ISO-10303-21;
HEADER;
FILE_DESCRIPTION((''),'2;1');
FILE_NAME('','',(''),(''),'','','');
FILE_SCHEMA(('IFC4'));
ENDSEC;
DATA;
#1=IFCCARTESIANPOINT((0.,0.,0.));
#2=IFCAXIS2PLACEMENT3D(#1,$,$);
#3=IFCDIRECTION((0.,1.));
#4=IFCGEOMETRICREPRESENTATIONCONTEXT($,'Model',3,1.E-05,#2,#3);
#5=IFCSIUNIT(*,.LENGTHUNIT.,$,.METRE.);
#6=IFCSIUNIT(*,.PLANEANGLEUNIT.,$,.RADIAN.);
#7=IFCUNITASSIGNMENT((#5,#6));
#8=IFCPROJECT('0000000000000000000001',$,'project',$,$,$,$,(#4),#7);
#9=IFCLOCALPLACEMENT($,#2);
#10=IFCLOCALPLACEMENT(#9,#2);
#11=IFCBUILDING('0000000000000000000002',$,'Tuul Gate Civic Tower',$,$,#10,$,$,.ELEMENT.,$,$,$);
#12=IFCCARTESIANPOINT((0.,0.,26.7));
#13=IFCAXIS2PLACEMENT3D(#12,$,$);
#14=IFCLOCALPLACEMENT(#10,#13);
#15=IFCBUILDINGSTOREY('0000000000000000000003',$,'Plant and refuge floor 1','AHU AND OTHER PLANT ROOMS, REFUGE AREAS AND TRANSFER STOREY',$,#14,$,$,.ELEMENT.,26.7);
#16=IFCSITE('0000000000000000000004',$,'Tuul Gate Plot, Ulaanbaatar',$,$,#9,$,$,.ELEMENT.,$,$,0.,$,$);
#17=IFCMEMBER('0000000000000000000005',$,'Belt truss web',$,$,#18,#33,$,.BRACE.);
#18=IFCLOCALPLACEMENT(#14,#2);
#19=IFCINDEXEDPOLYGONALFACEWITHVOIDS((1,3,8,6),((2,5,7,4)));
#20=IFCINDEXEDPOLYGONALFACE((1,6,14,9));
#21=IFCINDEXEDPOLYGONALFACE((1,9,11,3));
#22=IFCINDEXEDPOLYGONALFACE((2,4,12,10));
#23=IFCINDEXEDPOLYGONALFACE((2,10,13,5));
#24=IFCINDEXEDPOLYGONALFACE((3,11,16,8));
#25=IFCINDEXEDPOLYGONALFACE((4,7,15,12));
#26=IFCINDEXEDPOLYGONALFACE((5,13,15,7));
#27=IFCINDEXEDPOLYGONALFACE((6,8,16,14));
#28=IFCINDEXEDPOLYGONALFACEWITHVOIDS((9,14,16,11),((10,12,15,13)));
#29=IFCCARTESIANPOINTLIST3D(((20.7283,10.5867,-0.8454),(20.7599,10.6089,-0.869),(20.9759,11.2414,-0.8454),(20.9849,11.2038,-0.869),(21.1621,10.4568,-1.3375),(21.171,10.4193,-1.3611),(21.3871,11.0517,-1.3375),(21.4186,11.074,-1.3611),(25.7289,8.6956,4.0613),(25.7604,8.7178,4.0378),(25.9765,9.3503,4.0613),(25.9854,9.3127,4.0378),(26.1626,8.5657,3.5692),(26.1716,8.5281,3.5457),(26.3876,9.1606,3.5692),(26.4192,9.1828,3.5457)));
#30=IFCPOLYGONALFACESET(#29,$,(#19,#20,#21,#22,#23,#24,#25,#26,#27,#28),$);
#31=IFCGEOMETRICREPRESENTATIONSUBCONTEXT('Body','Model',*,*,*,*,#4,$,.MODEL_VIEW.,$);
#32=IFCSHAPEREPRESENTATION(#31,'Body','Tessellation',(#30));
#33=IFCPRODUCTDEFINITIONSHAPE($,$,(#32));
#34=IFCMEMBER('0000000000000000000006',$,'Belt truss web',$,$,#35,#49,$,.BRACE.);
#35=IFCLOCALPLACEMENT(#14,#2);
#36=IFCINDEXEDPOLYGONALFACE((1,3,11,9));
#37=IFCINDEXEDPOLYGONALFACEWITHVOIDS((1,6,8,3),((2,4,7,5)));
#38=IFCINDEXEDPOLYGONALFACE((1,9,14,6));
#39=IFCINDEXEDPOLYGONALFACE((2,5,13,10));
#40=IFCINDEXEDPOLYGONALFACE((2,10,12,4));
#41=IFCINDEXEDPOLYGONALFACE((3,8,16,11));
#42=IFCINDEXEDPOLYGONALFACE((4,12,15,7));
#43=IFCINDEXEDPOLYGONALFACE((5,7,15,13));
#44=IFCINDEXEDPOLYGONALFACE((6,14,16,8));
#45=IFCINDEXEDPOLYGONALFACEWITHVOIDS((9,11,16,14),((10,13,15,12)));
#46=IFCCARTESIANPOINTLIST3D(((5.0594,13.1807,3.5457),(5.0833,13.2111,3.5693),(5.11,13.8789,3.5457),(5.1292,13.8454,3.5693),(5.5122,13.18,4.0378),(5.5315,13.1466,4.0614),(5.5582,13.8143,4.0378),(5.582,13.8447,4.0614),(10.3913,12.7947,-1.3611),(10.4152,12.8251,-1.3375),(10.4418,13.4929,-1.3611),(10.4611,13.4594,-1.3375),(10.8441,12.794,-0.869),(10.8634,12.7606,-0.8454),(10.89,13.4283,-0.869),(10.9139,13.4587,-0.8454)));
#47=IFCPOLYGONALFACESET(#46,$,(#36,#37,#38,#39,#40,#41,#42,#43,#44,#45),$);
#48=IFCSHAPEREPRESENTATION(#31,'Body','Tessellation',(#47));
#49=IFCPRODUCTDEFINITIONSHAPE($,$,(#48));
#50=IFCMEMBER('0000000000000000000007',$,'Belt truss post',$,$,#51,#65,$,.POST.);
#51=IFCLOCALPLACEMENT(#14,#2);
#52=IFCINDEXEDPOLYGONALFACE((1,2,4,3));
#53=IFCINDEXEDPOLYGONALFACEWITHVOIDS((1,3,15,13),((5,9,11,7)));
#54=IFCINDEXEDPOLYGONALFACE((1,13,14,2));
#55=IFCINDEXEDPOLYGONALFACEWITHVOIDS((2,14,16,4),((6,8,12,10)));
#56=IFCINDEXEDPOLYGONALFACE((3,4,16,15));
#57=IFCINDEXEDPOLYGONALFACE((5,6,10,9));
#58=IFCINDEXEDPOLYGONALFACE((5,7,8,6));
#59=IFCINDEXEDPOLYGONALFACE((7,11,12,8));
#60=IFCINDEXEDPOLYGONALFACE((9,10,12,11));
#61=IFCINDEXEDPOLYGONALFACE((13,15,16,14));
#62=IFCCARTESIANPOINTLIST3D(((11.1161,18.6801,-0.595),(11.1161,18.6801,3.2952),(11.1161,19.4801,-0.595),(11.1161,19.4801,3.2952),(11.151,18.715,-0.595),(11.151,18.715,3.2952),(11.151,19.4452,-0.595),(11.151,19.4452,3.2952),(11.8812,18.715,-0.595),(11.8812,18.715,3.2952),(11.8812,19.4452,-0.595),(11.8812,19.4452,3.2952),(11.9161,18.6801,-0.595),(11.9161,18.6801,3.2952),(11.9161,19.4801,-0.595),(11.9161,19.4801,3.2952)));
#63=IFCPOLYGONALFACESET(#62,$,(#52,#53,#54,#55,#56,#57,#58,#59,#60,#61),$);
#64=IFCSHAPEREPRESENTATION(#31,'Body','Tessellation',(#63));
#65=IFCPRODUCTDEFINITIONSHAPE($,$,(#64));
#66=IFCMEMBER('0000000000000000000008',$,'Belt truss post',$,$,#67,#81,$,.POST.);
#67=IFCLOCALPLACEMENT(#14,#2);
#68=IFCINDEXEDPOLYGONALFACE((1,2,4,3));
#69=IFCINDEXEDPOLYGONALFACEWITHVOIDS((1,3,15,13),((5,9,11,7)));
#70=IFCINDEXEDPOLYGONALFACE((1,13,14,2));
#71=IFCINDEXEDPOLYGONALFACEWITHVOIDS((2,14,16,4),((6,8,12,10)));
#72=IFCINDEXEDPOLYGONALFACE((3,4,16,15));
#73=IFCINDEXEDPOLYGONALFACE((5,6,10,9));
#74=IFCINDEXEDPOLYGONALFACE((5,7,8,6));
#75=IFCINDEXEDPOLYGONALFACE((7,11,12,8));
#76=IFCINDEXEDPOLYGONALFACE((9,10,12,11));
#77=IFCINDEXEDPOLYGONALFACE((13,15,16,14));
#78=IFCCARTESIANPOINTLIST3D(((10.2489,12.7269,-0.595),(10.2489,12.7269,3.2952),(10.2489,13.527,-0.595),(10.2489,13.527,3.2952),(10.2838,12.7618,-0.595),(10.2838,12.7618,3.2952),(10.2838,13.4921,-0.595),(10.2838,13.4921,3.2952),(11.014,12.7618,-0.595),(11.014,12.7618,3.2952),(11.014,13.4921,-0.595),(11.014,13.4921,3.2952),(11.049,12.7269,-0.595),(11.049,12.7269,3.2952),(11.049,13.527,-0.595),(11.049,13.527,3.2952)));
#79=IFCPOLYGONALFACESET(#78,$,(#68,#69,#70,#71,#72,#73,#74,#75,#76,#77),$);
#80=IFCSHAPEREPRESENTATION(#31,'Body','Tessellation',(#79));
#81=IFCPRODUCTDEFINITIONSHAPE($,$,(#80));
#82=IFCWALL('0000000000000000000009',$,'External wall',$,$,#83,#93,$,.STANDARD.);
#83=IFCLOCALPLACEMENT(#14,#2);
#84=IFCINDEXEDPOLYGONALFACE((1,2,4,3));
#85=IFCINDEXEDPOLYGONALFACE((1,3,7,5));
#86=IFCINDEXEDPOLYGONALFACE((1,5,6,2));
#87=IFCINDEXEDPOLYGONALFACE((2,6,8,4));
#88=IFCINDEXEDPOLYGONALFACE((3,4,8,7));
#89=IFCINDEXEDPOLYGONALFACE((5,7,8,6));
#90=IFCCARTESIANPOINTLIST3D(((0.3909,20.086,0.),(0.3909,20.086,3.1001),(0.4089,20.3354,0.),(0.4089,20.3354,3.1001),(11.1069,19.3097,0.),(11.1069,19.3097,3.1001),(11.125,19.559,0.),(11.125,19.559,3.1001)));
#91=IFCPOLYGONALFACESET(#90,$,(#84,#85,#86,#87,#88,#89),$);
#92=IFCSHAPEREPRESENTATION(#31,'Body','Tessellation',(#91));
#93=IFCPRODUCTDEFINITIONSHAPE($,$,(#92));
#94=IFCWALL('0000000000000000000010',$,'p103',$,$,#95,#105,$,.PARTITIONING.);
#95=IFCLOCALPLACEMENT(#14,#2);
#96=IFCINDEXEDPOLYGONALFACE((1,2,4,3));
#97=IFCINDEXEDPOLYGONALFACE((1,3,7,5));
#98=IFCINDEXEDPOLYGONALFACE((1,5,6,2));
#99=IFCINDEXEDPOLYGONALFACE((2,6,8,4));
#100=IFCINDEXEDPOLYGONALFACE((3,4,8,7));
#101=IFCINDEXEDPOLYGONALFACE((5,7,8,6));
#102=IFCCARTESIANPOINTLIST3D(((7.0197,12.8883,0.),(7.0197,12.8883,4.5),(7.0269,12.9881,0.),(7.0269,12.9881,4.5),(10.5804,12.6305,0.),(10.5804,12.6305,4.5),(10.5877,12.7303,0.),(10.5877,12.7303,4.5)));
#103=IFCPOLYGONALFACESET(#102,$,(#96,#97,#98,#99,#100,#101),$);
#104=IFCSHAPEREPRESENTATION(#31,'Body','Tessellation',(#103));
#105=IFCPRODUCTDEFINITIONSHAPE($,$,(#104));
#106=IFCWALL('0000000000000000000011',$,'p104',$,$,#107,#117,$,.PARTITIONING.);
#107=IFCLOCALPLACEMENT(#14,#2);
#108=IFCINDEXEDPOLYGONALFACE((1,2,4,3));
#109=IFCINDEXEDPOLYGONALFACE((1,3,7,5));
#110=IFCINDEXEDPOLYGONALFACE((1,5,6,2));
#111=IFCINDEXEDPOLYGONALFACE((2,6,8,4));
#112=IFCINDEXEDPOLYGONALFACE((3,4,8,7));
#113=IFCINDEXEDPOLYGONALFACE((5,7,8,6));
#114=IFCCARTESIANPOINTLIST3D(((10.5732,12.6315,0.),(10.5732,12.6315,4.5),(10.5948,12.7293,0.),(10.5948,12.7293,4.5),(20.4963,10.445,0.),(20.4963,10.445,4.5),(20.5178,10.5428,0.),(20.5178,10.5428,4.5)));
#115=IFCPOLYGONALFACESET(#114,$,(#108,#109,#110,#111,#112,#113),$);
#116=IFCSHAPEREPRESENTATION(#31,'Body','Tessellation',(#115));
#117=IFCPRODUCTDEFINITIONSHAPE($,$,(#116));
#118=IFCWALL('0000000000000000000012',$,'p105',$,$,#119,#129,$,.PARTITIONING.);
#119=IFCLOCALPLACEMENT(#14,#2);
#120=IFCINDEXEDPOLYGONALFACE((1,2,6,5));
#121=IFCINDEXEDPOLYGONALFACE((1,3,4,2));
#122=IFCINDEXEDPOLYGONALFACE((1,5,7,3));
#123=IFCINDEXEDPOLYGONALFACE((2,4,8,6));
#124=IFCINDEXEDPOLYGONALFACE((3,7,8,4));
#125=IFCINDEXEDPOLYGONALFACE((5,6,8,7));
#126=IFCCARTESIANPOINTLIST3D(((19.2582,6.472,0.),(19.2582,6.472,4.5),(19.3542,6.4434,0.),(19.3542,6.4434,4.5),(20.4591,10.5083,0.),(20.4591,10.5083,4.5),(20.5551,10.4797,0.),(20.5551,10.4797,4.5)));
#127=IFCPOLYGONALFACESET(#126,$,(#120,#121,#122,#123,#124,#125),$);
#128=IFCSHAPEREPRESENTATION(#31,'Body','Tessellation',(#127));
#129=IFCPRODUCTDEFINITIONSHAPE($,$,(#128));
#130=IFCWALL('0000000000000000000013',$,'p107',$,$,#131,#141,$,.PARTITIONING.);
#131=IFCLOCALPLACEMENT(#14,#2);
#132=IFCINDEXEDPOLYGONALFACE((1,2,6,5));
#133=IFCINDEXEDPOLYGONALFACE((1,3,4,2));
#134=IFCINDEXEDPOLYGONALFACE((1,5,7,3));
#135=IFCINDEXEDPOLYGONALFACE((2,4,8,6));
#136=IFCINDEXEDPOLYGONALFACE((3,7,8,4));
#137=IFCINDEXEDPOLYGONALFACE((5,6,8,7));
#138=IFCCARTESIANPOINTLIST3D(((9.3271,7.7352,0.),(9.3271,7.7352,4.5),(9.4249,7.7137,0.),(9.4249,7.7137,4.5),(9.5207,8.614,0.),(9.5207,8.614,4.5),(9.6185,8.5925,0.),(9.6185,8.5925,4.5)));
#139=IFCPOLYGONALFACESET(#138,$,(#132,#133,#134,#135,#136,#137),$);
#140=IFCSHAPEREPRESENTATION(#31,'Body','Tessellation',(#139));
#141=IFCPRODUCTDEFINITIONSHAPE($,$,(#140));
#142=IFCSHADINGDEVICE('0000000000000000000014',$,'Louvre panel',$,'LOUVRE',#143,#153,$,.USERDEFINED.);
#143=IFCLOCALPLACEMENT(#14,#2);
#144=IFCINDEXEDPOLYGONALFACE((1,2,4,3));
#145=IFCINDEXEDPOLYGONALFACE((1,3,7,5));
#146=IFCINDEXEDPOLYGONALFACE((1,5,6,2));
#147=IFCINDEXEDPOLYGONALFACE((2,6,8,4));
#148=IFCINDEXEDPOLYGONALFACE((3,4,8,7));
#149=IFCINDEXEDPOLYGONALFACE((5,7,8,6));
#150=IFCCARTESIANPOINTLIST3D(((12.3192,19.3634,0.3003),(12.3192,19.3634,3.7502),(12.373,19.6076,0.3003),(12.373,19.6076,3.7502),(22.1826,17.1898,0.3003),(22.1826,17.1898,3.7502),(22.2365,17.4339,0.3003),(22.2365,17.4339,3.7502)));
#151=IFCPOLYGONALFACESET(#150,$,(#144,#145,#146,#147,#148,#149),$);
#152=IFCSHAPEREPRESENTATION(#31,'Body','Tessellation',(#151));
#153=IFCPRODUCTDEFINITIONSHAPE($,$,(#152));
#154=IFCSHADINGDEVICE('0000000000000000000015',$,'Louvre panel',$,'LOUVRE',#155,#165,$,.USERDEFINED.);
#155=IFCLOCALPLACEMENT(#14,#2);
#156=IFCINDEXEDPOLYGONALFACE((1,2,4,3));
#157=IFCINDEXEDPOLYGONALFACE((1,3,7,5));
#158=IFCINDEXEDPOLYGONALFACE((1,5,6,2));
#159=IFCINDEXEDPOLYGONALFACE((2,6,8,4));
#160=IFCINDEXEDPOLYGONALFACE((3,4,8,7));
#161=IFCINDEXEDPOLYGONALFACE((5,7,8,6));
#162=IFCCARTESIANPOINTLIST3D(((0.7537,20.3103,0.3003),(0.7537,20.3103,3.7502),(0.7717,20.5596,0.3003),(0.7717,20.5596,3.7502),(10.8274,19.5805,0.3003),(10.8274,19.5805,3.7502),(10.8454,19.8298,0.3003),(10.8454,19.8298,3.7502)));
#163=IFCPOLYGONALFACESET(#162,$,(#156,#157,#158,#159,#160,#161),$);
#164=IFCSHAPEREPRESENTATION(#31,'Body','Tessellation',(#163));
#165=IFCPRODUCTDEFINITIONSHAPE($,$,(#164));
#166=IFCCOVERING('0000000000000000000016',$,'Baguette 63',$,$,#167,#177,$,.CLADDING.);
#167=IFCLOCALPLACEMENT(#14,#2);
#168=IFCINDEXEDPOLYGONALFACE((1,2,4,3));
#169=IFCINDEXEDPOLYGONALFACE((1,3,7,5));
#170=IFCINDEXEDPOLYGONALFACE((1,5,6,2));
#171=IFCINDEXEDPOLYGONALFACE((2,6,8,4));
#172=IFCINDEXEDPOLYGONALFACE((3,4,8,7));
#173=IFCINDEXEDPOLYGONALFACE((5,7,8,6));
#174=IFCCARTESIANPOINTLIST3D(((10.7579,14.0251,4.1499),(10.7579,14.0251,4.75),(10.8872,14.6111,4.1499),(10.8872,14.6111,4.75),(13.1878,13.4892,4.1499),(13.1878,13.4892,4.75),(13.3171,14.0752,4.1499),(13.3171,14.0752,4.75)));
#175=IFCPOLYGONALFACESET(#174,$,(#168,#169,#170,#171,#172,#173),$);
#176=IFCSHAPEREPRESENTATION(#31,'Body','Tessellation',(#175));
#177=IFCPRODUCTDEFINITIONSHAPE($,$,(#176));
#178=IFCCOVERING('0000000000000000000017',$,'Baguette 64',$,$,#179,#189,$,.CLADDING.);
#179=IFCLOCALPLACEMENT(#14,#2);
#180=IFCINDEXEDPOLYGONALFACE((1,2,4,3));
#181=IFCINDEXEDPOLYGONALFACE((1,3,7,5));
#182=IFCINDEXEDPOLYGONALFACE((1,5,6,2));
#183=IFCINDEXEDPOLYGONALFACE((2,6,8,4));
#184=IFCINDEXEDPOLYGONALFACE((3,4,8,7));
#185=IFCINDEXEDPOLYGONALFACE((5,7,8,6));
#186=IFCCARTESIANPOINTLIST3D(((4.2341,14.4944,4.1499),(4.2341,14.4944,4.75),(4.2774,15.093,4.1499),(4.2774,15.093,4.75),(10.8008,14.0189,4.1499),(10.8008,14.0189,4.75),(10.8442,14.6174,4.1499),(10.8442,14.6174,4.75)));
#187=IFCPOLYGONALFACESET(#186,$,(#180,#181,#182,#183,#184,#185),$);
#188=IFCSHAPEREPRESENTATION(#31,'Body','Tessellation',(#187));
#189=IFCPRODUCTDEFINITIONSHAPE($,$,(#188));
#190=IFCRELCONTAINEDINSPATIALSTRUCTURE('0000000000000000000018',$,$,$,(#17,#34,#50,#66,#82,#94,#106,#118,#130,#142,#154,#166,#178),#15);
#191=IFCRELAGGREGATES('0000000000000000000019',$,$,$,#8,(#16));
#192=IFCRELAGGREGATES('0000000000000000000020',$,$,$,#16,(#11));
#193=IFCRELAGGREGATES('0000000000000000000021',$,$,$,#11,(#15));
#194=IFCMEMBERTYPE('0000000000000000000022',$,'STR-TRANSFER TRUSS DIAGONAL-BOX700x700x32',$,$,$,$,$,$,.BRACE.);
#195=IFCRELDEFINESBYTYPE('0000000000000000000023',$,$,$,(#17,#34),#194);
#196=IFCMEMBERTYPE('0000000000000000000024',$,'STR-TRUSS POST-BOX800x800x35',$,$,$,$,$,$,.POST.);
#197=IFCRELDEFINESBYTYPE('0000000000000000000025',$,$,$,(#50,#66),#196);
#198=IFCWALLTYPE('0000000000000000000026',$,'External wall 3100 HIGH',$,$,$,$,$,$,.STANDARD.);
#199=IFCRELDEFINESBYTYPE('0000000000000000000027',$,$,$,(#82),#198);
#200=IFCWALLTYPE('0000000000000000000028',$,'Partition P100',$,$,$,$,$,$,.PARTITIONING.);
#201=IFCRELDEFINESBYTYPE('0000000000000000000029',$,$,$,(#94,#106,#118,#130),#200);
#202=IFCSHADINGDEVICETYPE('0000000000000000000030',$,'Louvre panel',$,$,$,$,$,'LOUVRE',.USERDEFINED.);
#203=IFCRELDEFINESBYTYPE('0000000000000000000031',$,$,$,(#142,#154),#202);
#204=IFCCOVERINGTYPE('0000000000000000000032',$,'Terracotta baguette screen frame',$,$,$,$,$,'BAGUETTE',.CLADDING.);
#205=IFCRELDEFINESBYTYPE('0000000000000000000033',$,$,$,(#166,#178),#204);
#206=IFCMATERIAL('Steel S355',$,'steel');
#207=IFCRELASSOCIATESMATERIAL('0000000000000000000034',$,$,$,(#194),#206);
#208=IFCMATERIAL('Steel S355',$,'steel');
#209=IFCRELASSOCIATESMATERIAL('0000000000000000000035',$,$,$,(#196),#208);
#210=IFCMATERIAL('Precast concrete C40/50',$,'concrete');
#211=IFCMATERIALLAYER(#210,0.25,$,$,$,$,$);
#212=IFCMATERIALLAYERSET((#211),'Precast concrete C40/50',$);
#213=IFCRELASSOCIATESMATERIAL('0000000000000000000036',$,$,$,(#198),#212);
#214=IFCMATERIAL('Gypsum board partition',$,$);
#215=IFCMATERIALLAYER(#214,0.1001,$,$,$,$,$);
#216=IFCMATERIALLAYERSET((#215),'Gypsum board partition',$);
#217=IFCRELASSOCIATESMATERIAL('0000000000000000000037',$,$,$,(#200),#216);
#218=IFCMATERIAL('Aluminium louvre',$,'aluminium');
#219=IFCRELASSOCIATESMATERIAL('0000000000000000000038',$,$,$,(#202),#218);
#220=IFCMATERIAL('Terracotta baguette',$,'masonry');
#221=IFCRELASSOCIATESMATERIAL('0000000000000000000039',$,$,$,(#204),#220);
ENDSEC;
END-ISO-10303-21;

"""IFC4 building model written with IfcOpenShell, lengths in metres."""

from ifc_helpers import new_model, si_unit, direction, frame, frame_2d, origin, origin_2d, place, context, subcontext, project, spatial, rectangle, hollow_rectangle, extrude, material, layer, layer_set, material_profile, profile_set, type_object, element, save


model = new_model("IFC4")

# Units and contexts
model_context = context("Model", 3, precision=1e-05, world=origin(), true_north=direction((0.0, 1.0)))
body_context = subcontext(model_context, "Body", "Model", "MODEL_VIEW")
ifc_project = project(units=[si_unit("LENGTHUNIT", "METRE"), si_unit("PLANEANGLEUNIT", "RADIAN")], contexts=[model_context])

# Site, building, storey
site_placement = place(None, origin())
site = spatial("IfcSite", under=ifc_project, at=site_placement, Name="Tuul Gate Plot, Ulaanbaatar", CompositionType="ELEMENT", RefElevation=0.0)
building_placement = place(site_placement, origin())
building = spatial("IfcBuilding", under=site, at=building_placement, Name="Tuul Gate Civic Tower", CompositionType="ELEMENT")
storey_placement = place(building_placement, frame((0.0, 0.0, 26.7)))
storey = spatial("IfcBuildingStorey", under=building, at=storey_placement, Name="Plant and refuge floor 1", Description="AHU AND OTHER PLANT ROOMS, REFUGE AREAS AND TRANSFER STOREY", CompositionType="ELEMENT", Elevation=26.7)

# Members
ifc_material_1 = material(Name="Steel S355", Category="steel")
ifc_material_profile_1 = material_profile(ifc_material_1, hollow_rectangle(XDim=0.7, YDim=0.7, WallThickness=0.032, at=origin_2d()), Name="BOX700x700x32")
ifc_profile_set_1 = profile_set([ifc_material_profile_1], Name="Steel S355")
member_type_1 = type_object("IfcMemberType", Name="STR-TRANSFER TRUSS DIAGONAL-BOX700x700x32", PredefinedType="BRACE", material=ifc_profile_set_1)
member_1_placement = place(storey_placement, frame((21.0735, 10.8303, -1.1033), z_axis=(0.689102, -0.260608, 0.676182), x_axis=(0.353734, 0.935346, 0.0)))
element("IfcMember", 1, at=member_1_placement, inside=storey, type_object=member_type_1, Name="Belt truss web", PredefinedType="BRACE", context=body_context, shape_type="SweptSolid", body=[
    extrude(hollow_rectangle(XDim=0.7, YDim=0.7, WallThickness=0.032, at=origin_2d()), origin(), (0.0, 0.0, 1.0), 7.2566),
])
member_2_placement = place(storey_placement, frame((10.6526, 13.1267, -1.1033), z_axis=(-0.734786, 0.053194, 0.676209), x_axis=(-0.072204, -0.99739, 0.0)))
element("IfcMember", 2, at=member_2_placement, inside=storey, type_object=member_type_1, Name="Belt truss web", PredefinedType="BRACE", context=body_context, shape_type="SweptSolid", body=[
    extrude(hollow_rectangle(XDim=0.7, YDim=0.7, WallThickness=0.032, at=origin_2d()), origin(), (0.0, 0.0, 1.0), 7.2563),
])
ifc_material_2 = material(Name="Steel S355", Category="steel")
ifc_material_profile_2 = material_profile(ifc_material_2, hollow_rectangle(XDim=0.8, YDim=0.8, WallThickness=0.0349, at=origin_2d()), Name="BOX800x800x35")
ifc_profile_set_2 = profile_set([ifc_material_profile_2], Name="Steel S355")
member_type_2 = type_object("IfcMemberType", Name="STR-TRUSS POST-BOX800x800x35", PredefinedType="POST", material=ifc_profile_set_2)
for number, where, z_axis, x_axis, name in (
    (3, (11.5161, 19.0801, -0.595), (0.0, 0.0, 1.0), (1.0, 0.0, 0.0), "Belt truss post"),
    (4, (10.6489, 13.127, -0.595), (0.0, 0.0, 1.0), (1.0, 0.0, 0.0), "Belt truss post"),
):
    element("IfcMember", number, at=place(storey_placement, frame(where, z_axis=z_axis, x_axis=x_axis)), inside=storey, type_object=member_type_2, Name=name, PredefinedType="POST", context=body_context, shape_type="SweptSolid", body=[
        extrude(hollow_rectangle(XDim=0.8, YDim=0.8, WallThickness=0.0349, at=origin_2d()), origin(), (0.0, 0.0, 1.0), 3.8901),
    ])

# Walls
ifc_material_3 = material(Name="Precast concrete C40/50", Category="concrete")
ifc_layer_1 = layer(ifc_material_3, 0.25)
ifc_layer_set_1 = layer_set([ifc_layer_1], Name="Precast concrete C40/50")
wall_type_1 = type_object("IfcWallType", Name="External wall 3100 HIGH", PredefinedType="STANDARD", material=ifc_layer_set_1)
wall_1_placement = place(storey_placement, frame((11.116, 19.4343, 0.0), z_axis=(0.0, 0.0, 1.0), x_axis=(-0.997386, 0.07226, 0.0)))
element("IfcWall", 5, at=wall_1_placement, inside=storey, type_object=wall_type_1, Name="External wall", PredefinedType="STANDARD", context=body_context, shape_type="SweptSolid", body=[
    extrude(rectangle(XDim=10.7441, YDim=0.25, at=frame_2d((5.3721, 0.0))), origin(), (0.0, 0.0, 1.0), 3.1001),
])
ifc_material_4 = material(Name="Gypsum board partition")
ifc_layer_2 = layer(ifc_material_4, 0.1001)
ifc_layer_set_2 = layer_set([ifc_layer_2], Name="Gypsum board partition")
wall_type_2 = type_object("IfcWallType", Name="Partition P100", PredefinedType="PARTITIONING", material=ifc_layer_set_2)
wall_2_placement = place(storey_placement, frame((7.0232, 12.9382, 0.0), z_axis=(0.0, 0.0, 1.0), x_axis=(0.997389, -0.072214, 0.0)))
element("IfcWall", 6, at=wall_2_placement, inside=storey, type_object=wall_type_2, Name="p103", PredefinedType="PARTITIONING", context=body_context, shape_type="SweptSolid", body=[
    extrude(rectangle(XDim=3.5701, YDim=0.1001, at=frame_2d((1.7852, 0.0))), origin(), (0.0, 0.0, 1.0), 4.5),
])
wall_3_placement = place(storey_placement, frame((10.584, 12.6804, 0.0), z_axis=(0.0, 0.0, 1.0), x_axis=(0.976573, -0.215185, 0.0)))
element("IfcWall", 7, at=wall_3_placement, inside=storey, type_object=wall_type_2, Name="p104", PredefinedType="PARTITIONING", context=body_context, shape_type="SweptSolid", body=[
    extrude(rectangle(XDim=10.1611, YDim=0.1001, at=frame_2d((5.0806, 0.0))), origin(), (0.0, 0.0, 1.0), 4.5),
])
wall_4_placement = place(storey_placement, frame((20.5071, 10.4939, 0.0), z_axis=(0.0, 0.0, 1.0), x_axis=(-0.285172, -0.958476, 0.0)))
element("IfcWall", 8, at=wall_4_placement, inside=storey, type_object=wall_type_2, Name="p105", PredefinedType="PARTITIONING", context=body_context, shape_type="SweptSolid", body=[
    extrude(rectangle(XDim=4.2112, YDim=0.1001, at=frame_2d((2.1055, 0.0))), origin(), (0.0, 0.0, 1.0), 4.5),
])
wall_5_placement = place(storey_placement, frame((9.5696, 8.6033, 0.0), z_axis=(0.0, 0.0, 1.0), x_axis=(-0.215121, -0.976588, 0.0)))
element("IfcWall", 9, at=wall_5_placement, inside=storey, type_object=wall_type_2, Name="p107", PredefinedType="PARTITIONING", context=body_context, shape_type="SweptSolid", body=[
    extrude(rectangle(XDim=0.8999, YDim=0.1001, at=frame_2d((0.45, 0.0))), origin(), (0.0, 0.0, 1.0), 4.5),
])

# Shading devices
ifc_material_5 = material(Name="Aluminium louvre", Category="aluminium")
shading_device_type = type_object("IfcShadingDeviceType", Name="Louvre panel", ElementType="LOUVRE", PredefinedType="USERDEFINED", material=ifc_material_5)
for number, where, z_axis, x_axis, name in (
    (10, (17.2778, 18.3987, 0.3003), (0.0, 0.0, 1.0), (0.215207, 0.976569, 0.0), "Louvre panel"),
    (11, (5.7996, 20.0701, 0.3003), (0.0, 0.0, 1.0), (0.072257, 0.997386, 0.0), "Louvre panel"),
):
    element("IfcShadingDevice", number, at=place(storey_placement, frame(where, z_axis=z_axis, x_axis=x_axis)), inside=storey, type_object=shading_device_type, Name=name, ObjectType="LOUVRE", PredefinedType="USERDEFINED", context=body_context, shape_type="SweptSolid", body=[
        extrude(rectangle(XDim=0.25, YDim=10.1001, at=origin_2d()), origin(), (0.0, 0.0, 1.0), 3.45),
    ])

# Coverings
ifc_material_6 = material(Name="Terracotta baguette", Category="masonry")
ifc_material_profile_3 = material_profile(ifc_material_6, rectangle(XDim=0.6001, YDim=0.6001, at=origin_2d()), Name="Terracotta baguette screen frame")
ifc_profile_set_3 = profile_set([ifc_material_profile_3], Name="Terracotta baguette")
covering_type = type_object("IfcCoveringType", Name="Terracotta baguette screen frame", ElementType="BAGUETTE", PredefinedType="CLADDING", material=ifc_profile_set_3)
covering_1_placement = place(storey_placement, frame((13.2524, 13.7822, 4.45), z_axis=(-0.976534, 0.215361, 0.0), x_axis=(-0.215361, -0.976534, 0.0)))
element("IfcCovering", 12, at=covering_1_placement, inside=storey, type_object=covering_type, Name="Baguette 63", PredefinedType="CLADDING", context=body_context, shape_type="SweptSolid", body=[
    extrude(rectangle(XDim=0.6001, YDim=0.6001, at=origin_2d()), origin(), (0.0, 0.0, 1.0), 2.4883),
])
covering_2_placement = place(storey_placement, frame((10.8225, 14.3181, 4.45), z_axis=(-0.997388, 0.072233, 0.0), x_axis=(-0.072233, -0.997388, 0.0)))
element("IfcCovering", 13, at=covering_2_placement, inside=storey, type_object=covering_type, Name="Baguette 64", PredefinedType="CLADDING", context=body_context, shape_type="SweptSolid", body=[
    extrude(rectangle(XDim=0.6001, YDim=0.6001, at=origin_2d()), origin(), (0.0, 0.0, 1.0), 6.584),
])

save(model, "model.ifc")
